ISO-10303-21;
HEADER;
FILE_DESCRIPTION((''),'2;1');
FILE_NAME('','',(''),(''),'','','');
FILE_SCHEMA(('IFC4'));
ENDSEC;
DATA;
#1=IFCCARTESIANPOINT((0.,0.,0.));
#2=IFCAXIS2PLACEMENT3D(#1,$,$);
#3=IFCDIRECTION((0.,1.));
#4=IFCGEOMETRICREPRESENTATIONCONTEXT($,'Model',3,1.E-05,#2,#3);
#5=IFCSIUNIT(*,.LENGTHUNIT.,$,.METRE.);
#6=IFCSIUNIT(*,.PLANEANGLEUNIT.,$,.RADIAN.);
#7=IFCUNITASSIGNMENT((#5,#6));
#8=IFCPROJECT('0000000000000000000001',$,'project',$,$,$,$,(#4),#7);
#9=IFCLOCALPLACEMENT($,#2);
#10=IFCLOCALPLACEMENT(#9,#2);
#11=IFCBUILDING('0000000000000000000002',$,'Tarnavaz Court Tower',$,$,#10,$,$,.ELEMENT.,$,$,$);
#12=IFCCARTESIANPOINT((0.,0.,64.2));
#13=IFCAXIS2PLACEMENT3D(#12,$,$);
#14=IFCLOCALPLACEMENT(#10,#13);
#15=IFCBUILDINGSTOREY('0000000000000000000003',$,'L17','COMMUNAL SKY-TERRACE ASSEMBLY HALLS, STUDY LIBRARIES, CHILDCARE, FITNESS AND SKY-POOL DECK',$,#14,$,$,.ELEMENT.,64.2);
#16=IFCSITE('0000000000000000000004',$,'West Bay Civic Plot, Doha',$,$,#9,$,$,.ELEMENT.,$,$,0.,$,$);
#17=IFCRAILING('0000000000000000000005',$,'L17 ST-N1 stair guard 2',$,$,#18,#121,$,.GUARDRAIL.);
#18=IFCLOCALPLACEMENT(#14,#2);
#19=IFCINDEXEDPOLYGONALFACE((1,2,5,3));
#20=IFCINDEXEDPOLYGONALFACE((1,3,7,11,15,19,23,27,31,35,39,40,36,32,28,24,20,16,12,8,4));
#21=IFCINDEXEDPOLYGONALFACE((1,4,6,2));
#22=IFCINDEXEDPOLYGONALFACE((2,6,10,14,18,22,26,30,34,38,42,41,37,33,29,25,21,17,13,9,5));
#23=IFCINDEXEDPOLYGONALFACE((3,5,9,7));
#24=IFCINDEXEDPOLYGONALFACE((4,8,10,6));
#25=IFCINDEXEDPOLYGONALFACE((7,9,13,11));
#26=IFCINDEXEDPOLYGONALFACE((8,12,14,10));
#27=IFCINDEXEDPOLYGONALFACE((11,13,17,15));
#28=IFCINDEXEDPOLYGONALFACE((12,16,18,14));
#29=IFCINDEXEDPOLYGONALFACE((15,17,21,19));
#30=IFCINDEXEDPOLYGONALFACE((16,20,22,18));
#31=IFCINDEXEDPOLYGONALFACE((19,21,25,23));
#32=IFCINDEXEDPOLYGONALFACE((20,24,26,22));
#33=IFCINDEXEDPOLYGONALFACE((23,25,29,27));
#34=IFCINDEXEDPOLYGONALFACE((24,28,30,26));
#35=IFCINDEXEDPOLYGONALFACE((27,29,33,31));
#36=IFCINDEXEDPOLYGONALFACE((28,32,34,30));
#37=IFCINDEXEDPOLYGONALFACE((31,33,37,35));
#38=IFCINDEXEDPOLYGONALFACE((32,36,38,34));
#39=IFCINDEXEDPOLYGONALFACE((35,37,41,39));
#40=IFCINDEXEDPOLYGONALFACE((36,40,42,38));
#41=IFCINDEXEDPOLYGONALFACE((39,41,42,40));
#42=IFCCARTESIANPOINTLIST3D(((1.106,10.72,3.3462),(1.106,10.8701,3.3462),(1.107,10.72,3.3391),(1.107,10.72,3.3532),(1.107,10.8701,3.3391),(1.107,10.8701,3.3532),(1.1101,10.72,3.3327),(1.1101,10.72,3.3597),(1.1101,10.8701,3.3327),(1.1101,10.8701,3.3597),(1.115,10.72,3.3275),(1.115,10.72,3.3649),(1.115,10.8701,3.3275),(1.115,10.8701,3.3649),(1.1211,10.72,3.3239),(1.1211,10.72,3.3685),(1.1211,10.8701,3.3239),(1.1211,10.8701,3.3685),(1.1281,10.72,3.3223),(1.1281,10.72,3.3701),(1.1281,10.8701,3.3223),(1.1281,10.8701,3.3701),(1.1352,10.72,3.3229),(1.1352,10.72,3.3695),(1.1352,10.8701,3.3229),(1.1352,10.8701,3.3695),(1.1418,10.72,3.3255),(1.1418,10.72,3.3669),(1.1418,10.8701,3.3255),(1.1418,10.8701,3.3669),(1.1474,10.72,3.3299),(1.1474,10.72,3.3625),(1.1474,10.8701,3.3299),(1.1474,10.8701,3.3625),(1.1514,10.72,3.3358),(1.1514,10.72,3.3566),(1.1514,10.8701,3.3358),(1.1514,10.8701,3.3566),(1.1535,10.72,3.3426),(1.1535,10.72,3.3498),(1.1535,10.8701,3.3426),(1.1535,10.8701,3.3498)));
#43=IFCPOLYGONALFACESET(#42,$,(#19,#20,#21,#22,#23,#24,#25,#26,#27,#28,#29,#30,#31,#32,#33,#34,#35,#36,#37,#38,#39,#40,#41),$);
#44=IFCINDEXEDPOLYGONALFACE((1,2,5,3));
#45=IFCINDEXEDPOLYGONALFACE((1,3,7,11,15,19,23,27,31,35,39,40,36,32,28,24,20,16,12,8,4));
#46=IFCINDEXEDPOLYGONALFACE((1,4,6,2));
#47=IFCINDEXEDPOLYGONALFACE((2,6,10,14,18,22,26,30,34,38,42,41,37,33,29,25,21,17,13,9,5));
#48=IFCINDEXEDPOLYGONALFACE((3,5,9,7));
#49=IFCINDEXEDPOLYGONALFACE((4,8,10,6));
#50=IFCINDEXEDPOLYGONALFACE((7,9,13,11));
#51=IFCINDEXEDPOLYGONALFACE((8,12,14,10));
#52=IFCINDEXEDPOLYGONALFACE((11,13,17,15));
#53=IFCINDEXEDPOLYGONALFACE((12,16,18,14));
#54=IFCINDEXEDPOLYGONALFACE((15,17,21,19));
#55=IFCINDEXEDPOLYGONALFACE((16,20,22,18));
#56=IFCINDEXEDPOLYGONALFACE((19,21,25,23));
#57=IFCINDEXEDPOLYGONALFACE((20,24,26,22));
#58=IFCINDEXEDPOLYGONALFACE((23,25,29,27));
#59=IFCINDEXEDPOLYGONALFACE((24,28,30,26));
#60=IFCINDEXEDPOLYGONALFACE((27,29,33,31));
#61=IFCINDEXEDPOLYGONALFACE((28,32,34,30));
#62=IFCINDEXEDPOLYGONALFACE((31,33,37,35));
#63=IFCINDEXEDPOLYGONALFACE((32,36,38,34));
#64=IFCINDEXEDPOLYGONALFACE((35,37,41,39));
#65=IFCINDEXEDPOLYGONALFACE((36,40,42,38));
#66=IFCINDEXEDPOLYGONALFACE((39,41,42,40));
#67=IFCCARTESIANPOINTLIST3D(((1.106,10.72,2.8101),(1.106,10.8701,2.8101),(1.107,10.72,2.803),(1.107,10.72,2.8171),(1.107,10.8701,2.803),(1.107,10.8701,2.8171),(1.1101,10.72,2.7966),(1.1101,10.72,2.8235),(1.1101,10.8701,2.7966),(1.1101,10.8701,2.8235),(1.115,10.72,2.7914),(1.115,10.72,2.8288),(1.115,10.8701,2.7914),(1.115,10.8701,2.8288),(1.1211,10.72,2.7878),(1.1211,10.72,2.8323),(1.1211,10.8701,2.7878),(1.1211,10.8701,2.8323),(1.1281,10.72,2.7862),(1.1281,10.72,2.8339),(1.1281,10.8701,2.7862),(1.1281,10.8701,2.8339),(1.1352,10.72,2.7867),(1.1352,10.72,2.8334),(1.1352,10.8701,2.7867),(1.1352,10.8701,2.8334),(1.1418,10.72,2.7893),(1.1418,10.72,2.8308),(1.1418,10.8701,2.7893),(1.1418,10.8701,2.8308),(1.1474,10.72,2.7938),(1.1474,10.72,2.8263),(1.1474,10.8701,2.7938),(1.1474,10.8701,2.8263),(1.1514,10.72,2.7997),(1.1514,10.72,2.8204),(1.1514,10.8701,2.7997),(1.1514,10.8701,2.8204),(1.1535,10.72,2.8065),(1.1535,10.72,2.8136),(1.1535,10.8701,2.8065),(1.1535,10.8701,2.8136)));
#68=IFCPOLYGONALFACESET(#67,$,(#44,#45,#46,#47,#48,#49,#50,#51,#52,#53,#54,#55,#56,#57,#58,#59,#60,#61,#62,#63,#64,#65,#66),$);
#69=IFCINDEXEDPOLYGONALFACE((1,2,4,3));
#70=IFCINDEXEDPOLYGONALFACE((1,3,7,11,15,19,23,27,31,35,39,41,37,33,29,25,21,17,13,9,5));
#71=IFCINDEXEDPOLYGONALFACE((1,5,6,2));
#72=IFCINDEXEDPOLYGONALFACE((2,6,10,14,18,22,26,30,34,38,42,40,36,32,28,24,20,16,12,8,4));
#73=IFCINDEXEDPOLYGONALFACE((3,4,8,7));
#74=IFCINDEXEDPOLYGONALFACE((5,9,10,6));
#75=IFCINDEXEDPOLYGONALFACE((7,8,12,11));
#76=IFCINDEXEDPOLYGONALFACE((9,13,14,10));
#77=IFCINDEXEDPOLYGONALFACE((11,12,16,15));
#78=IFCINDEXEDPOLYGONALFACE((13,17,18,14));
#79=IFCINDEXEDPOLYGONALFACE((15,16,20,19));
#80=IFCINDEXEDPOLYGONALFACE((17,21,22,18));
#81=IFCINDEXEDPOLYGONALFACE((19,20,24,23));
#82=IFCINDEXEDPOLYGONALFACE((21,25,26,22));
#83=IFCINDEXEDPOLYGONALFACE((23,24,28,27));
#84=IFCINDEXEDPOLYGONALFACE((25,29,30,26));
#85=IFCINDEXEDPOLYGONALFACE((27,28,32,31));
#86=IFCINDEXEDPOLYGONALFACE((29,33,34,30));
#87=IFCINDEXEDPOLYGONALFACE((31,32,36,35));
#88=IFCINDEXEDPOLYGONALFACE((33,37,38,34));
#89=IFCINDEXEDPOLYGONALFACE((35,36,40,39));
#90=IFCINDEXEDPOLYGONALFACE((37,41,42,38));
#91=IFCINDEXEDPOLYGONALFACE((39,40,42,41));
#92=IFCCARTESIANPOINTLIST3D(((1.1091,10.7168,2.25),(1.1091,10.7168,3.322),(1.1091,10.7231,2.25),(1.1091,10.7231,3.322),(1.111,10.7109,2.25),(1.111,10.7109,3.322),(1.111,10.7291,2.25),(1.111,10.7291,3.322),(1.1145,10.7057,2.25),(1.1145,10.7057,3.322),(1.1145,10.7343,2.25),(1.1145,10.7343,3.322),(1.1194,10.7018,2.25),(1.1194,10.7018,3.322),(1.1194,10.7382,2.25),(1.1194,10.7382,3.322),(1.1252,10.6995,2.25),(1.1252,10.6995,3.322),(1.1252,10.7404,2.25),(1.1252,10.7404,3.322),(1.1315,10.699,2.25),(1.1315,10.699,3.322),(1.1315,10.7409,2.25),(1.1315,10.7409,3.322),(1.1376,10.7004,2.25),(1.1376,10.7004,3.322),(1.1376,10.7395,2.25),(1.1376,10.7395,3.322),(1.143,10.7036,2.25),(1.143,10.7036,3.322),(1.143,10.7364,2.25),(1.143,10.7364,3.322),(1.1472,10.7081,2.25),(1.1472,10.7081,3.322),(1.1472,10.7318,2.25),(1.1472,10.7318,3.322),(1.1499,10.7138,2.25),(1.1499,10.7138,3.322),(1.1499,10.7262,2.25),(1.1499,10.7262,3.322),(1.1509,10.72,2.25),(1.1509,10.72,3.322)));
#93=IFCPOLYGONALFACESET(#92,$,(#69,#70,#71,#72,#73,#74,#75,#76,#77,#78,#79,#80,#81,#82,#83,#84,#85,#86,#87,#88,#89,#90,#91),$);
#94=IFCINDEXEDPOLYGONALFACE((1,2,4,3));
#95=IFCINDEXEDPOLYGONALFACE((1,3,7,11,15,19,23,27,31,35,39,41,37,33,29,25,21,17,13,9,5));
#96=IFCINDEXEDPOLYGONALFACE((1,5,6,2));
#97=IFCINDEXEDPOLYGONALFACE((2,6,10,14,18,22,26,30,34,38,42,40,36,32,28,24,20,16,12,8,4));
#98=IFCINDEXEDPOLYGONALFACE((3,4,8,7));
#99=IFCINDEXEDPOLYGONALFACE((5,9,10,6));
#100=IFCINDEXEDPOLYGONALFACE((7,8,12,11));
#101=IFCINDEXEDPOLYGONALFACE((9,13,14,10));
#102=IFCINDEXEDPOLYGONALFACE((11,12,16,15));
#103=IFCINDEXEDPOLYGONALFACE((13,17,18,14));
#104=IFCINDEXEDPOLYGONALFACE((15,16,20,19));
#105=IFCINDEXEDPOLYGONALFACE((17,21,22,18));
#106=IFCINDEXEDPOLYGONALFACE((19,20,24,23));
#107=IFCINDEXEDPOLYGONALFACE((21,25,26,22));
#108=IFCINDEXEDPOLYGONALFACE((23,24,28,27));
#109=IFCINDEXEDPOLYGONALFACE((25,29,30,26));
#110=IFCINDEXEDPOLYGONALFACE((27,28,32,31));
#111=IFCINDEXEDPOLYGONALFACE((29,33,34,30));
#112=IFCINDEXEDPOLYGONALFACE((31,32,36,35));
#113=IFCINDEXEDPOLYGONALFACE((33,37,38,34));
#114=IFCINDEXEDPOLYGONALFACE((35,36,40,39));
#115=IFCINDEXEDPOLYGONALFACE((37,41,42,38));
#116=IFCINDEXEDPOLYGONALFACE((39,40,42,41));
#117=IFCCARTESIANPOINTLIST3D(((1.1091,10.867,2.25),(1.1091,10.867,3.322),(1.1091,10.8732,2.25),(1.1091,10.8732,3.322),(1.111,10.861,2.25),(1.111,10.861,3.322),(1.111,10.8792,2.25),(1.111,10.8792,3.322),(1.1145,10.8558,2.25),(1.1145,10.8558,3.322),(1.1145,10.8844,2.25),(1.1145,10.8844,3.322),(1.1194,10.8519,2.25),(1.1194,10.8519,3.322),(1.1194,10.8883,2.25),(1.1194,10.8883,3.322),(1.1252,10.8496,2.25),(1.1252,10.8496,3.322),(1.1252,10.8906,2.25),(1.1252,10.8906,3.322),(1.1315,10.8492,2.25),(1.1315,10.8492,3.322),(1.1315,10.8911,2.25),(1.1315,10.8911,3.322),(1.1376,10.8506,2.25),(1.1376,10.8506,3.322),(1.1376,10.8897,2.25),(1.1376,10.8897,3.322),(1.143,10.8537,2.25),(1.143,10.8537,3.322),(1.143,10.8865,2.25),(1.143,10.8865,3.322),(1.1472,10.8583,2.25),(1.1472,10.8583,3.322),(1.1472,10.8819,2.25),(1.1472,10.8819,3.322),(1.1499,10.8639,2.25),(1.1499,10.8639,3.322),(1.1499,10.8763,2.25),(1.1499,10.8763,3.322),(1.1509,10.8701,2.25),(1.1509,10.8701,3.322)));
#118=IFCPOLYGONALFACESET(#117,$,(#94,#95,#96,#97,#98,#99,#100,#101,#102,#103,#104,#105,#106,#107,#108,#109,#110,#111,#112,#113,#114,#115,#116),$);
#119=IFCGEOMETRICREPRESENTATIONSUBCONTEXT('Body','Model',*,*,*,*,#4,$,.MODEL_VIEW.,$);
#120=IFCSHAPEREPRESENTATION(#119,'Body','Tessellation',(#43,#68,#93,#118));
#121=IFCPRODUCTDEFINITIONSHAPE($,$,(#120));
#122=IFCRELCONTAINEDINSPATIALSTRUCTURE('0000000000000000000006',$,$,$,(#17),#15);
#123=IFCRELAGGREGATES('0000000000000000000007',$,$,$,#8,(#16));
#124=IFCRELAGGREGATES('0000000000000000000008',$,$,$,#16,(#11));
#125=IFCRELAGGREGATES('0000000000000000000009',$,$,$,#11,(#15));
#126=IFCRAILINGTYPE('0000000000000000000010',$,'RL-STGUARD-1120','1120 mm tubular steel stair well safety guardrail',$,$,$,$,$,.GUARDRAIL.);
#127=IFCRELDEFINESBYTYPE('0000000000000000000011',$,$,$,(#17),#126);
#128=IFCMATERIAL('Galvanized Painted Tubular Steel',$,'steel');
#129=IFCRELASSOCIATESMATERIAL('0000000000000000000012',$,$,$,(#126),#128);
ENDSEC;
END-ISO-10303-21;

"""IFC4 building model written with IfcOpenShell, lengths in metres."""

from ifc_helpers import new_model, si_unit, direction, frame, origin, origin_2d, place, context, subcontext, project, spatial, circle, extrude, material, type_object, element, save


model = new_model("IFC4")

# Units and contexts
model_context = context("Model", 3, precision=1e-05, world=origin(), true_north=direction((0.0, 1.0)))
body_context = subcontext(model_context, "Body", "Model", "MODEL_VIEW")
ifc_project = project(units=[si_unit("LENGTHUNIT", "METRE"), si_unit("PLANEANGLEUNIT", "RADIAN")], contexts=[model_context])

# Site, building, storey
site_placement = place(None, origin())
site = spatial("IfcSite", under=ifc_project, at=site_placement, Name="West Bay Civic Plot, Doha", CompositionType="ELEMENT", RefElevation=0.0)
building_placement = place(site_placement, origin())
building = spatial("IfcBuilding", under=site, at=building_placement, Name="Tarnavaz Court Tower", CompositionType="ELEMENT")
storey_placement = place(building_placement, frame((0.0, 0.0, 64.2)))
storey = spatial("IfcBuildingStorey", under=building, at=storey_placement, Name="L17", Description="COMMUNAL SKY-TERRACE ASSEMBLY HALLS, STUDY LIBRARIES, CHILDCARE, FITNESS AND SKY-POOL DECK", CompositionType="ELEMENT", Elevation=64.2)

# Railing
ifc_material_1 = material(Name="Galvanized Painted Tubular Steel", Category="steel")
railing_type_1 = type_object("IfcRailingType", Name="RL-STGUARD-1120", Description="1120 mm tubular steel stair well safety guardrail", PredefinedType="GUARDRAIL", material=ifc_material_1)
railing_1_placement = place(storey_placement, frame((1.1299, 10.72, 2.25)))
element("IfcRailing", 1, at=railing_1_placement, inside=storey, type_object=railing_type_1, Name="L17 ST-N1 stair guard 2", PredefinedType="GUARDRAIL", context=body_context, shape_type="SweptSolid", body=[
    extrude(circle(Radius=0.0239, at=origin_2d()), frame((0.0, 0.0, 1.0962), z_axis=(0.0, 1.0, 0.0), x_axis=(-1.0, 0.0, 0.0)), (0.0, 0.0, 1.0), 0.1501),
    extrude(circle(Radius=0.0239, at=origin_2d()), frame((0.0, 0.0, 0.5601), z_axis=(0.0, 1.0, 0.0), x_axis=(-1.0, 0.0, 0.0)), (0.0, 0.0, 1.0), 0.1501),
    extrude(circle(Radius=0.021, at=origin_2d()), origin(), (0.0, 0.0, 1.0), 1.072),
    extrude(circle(Radius=0.021, at=origin_2d()), frame((0.0, 0.1501, 0.0)), (0.0, 0.0, 1.0), 1.072),
])

save(model, "model.ifc")
